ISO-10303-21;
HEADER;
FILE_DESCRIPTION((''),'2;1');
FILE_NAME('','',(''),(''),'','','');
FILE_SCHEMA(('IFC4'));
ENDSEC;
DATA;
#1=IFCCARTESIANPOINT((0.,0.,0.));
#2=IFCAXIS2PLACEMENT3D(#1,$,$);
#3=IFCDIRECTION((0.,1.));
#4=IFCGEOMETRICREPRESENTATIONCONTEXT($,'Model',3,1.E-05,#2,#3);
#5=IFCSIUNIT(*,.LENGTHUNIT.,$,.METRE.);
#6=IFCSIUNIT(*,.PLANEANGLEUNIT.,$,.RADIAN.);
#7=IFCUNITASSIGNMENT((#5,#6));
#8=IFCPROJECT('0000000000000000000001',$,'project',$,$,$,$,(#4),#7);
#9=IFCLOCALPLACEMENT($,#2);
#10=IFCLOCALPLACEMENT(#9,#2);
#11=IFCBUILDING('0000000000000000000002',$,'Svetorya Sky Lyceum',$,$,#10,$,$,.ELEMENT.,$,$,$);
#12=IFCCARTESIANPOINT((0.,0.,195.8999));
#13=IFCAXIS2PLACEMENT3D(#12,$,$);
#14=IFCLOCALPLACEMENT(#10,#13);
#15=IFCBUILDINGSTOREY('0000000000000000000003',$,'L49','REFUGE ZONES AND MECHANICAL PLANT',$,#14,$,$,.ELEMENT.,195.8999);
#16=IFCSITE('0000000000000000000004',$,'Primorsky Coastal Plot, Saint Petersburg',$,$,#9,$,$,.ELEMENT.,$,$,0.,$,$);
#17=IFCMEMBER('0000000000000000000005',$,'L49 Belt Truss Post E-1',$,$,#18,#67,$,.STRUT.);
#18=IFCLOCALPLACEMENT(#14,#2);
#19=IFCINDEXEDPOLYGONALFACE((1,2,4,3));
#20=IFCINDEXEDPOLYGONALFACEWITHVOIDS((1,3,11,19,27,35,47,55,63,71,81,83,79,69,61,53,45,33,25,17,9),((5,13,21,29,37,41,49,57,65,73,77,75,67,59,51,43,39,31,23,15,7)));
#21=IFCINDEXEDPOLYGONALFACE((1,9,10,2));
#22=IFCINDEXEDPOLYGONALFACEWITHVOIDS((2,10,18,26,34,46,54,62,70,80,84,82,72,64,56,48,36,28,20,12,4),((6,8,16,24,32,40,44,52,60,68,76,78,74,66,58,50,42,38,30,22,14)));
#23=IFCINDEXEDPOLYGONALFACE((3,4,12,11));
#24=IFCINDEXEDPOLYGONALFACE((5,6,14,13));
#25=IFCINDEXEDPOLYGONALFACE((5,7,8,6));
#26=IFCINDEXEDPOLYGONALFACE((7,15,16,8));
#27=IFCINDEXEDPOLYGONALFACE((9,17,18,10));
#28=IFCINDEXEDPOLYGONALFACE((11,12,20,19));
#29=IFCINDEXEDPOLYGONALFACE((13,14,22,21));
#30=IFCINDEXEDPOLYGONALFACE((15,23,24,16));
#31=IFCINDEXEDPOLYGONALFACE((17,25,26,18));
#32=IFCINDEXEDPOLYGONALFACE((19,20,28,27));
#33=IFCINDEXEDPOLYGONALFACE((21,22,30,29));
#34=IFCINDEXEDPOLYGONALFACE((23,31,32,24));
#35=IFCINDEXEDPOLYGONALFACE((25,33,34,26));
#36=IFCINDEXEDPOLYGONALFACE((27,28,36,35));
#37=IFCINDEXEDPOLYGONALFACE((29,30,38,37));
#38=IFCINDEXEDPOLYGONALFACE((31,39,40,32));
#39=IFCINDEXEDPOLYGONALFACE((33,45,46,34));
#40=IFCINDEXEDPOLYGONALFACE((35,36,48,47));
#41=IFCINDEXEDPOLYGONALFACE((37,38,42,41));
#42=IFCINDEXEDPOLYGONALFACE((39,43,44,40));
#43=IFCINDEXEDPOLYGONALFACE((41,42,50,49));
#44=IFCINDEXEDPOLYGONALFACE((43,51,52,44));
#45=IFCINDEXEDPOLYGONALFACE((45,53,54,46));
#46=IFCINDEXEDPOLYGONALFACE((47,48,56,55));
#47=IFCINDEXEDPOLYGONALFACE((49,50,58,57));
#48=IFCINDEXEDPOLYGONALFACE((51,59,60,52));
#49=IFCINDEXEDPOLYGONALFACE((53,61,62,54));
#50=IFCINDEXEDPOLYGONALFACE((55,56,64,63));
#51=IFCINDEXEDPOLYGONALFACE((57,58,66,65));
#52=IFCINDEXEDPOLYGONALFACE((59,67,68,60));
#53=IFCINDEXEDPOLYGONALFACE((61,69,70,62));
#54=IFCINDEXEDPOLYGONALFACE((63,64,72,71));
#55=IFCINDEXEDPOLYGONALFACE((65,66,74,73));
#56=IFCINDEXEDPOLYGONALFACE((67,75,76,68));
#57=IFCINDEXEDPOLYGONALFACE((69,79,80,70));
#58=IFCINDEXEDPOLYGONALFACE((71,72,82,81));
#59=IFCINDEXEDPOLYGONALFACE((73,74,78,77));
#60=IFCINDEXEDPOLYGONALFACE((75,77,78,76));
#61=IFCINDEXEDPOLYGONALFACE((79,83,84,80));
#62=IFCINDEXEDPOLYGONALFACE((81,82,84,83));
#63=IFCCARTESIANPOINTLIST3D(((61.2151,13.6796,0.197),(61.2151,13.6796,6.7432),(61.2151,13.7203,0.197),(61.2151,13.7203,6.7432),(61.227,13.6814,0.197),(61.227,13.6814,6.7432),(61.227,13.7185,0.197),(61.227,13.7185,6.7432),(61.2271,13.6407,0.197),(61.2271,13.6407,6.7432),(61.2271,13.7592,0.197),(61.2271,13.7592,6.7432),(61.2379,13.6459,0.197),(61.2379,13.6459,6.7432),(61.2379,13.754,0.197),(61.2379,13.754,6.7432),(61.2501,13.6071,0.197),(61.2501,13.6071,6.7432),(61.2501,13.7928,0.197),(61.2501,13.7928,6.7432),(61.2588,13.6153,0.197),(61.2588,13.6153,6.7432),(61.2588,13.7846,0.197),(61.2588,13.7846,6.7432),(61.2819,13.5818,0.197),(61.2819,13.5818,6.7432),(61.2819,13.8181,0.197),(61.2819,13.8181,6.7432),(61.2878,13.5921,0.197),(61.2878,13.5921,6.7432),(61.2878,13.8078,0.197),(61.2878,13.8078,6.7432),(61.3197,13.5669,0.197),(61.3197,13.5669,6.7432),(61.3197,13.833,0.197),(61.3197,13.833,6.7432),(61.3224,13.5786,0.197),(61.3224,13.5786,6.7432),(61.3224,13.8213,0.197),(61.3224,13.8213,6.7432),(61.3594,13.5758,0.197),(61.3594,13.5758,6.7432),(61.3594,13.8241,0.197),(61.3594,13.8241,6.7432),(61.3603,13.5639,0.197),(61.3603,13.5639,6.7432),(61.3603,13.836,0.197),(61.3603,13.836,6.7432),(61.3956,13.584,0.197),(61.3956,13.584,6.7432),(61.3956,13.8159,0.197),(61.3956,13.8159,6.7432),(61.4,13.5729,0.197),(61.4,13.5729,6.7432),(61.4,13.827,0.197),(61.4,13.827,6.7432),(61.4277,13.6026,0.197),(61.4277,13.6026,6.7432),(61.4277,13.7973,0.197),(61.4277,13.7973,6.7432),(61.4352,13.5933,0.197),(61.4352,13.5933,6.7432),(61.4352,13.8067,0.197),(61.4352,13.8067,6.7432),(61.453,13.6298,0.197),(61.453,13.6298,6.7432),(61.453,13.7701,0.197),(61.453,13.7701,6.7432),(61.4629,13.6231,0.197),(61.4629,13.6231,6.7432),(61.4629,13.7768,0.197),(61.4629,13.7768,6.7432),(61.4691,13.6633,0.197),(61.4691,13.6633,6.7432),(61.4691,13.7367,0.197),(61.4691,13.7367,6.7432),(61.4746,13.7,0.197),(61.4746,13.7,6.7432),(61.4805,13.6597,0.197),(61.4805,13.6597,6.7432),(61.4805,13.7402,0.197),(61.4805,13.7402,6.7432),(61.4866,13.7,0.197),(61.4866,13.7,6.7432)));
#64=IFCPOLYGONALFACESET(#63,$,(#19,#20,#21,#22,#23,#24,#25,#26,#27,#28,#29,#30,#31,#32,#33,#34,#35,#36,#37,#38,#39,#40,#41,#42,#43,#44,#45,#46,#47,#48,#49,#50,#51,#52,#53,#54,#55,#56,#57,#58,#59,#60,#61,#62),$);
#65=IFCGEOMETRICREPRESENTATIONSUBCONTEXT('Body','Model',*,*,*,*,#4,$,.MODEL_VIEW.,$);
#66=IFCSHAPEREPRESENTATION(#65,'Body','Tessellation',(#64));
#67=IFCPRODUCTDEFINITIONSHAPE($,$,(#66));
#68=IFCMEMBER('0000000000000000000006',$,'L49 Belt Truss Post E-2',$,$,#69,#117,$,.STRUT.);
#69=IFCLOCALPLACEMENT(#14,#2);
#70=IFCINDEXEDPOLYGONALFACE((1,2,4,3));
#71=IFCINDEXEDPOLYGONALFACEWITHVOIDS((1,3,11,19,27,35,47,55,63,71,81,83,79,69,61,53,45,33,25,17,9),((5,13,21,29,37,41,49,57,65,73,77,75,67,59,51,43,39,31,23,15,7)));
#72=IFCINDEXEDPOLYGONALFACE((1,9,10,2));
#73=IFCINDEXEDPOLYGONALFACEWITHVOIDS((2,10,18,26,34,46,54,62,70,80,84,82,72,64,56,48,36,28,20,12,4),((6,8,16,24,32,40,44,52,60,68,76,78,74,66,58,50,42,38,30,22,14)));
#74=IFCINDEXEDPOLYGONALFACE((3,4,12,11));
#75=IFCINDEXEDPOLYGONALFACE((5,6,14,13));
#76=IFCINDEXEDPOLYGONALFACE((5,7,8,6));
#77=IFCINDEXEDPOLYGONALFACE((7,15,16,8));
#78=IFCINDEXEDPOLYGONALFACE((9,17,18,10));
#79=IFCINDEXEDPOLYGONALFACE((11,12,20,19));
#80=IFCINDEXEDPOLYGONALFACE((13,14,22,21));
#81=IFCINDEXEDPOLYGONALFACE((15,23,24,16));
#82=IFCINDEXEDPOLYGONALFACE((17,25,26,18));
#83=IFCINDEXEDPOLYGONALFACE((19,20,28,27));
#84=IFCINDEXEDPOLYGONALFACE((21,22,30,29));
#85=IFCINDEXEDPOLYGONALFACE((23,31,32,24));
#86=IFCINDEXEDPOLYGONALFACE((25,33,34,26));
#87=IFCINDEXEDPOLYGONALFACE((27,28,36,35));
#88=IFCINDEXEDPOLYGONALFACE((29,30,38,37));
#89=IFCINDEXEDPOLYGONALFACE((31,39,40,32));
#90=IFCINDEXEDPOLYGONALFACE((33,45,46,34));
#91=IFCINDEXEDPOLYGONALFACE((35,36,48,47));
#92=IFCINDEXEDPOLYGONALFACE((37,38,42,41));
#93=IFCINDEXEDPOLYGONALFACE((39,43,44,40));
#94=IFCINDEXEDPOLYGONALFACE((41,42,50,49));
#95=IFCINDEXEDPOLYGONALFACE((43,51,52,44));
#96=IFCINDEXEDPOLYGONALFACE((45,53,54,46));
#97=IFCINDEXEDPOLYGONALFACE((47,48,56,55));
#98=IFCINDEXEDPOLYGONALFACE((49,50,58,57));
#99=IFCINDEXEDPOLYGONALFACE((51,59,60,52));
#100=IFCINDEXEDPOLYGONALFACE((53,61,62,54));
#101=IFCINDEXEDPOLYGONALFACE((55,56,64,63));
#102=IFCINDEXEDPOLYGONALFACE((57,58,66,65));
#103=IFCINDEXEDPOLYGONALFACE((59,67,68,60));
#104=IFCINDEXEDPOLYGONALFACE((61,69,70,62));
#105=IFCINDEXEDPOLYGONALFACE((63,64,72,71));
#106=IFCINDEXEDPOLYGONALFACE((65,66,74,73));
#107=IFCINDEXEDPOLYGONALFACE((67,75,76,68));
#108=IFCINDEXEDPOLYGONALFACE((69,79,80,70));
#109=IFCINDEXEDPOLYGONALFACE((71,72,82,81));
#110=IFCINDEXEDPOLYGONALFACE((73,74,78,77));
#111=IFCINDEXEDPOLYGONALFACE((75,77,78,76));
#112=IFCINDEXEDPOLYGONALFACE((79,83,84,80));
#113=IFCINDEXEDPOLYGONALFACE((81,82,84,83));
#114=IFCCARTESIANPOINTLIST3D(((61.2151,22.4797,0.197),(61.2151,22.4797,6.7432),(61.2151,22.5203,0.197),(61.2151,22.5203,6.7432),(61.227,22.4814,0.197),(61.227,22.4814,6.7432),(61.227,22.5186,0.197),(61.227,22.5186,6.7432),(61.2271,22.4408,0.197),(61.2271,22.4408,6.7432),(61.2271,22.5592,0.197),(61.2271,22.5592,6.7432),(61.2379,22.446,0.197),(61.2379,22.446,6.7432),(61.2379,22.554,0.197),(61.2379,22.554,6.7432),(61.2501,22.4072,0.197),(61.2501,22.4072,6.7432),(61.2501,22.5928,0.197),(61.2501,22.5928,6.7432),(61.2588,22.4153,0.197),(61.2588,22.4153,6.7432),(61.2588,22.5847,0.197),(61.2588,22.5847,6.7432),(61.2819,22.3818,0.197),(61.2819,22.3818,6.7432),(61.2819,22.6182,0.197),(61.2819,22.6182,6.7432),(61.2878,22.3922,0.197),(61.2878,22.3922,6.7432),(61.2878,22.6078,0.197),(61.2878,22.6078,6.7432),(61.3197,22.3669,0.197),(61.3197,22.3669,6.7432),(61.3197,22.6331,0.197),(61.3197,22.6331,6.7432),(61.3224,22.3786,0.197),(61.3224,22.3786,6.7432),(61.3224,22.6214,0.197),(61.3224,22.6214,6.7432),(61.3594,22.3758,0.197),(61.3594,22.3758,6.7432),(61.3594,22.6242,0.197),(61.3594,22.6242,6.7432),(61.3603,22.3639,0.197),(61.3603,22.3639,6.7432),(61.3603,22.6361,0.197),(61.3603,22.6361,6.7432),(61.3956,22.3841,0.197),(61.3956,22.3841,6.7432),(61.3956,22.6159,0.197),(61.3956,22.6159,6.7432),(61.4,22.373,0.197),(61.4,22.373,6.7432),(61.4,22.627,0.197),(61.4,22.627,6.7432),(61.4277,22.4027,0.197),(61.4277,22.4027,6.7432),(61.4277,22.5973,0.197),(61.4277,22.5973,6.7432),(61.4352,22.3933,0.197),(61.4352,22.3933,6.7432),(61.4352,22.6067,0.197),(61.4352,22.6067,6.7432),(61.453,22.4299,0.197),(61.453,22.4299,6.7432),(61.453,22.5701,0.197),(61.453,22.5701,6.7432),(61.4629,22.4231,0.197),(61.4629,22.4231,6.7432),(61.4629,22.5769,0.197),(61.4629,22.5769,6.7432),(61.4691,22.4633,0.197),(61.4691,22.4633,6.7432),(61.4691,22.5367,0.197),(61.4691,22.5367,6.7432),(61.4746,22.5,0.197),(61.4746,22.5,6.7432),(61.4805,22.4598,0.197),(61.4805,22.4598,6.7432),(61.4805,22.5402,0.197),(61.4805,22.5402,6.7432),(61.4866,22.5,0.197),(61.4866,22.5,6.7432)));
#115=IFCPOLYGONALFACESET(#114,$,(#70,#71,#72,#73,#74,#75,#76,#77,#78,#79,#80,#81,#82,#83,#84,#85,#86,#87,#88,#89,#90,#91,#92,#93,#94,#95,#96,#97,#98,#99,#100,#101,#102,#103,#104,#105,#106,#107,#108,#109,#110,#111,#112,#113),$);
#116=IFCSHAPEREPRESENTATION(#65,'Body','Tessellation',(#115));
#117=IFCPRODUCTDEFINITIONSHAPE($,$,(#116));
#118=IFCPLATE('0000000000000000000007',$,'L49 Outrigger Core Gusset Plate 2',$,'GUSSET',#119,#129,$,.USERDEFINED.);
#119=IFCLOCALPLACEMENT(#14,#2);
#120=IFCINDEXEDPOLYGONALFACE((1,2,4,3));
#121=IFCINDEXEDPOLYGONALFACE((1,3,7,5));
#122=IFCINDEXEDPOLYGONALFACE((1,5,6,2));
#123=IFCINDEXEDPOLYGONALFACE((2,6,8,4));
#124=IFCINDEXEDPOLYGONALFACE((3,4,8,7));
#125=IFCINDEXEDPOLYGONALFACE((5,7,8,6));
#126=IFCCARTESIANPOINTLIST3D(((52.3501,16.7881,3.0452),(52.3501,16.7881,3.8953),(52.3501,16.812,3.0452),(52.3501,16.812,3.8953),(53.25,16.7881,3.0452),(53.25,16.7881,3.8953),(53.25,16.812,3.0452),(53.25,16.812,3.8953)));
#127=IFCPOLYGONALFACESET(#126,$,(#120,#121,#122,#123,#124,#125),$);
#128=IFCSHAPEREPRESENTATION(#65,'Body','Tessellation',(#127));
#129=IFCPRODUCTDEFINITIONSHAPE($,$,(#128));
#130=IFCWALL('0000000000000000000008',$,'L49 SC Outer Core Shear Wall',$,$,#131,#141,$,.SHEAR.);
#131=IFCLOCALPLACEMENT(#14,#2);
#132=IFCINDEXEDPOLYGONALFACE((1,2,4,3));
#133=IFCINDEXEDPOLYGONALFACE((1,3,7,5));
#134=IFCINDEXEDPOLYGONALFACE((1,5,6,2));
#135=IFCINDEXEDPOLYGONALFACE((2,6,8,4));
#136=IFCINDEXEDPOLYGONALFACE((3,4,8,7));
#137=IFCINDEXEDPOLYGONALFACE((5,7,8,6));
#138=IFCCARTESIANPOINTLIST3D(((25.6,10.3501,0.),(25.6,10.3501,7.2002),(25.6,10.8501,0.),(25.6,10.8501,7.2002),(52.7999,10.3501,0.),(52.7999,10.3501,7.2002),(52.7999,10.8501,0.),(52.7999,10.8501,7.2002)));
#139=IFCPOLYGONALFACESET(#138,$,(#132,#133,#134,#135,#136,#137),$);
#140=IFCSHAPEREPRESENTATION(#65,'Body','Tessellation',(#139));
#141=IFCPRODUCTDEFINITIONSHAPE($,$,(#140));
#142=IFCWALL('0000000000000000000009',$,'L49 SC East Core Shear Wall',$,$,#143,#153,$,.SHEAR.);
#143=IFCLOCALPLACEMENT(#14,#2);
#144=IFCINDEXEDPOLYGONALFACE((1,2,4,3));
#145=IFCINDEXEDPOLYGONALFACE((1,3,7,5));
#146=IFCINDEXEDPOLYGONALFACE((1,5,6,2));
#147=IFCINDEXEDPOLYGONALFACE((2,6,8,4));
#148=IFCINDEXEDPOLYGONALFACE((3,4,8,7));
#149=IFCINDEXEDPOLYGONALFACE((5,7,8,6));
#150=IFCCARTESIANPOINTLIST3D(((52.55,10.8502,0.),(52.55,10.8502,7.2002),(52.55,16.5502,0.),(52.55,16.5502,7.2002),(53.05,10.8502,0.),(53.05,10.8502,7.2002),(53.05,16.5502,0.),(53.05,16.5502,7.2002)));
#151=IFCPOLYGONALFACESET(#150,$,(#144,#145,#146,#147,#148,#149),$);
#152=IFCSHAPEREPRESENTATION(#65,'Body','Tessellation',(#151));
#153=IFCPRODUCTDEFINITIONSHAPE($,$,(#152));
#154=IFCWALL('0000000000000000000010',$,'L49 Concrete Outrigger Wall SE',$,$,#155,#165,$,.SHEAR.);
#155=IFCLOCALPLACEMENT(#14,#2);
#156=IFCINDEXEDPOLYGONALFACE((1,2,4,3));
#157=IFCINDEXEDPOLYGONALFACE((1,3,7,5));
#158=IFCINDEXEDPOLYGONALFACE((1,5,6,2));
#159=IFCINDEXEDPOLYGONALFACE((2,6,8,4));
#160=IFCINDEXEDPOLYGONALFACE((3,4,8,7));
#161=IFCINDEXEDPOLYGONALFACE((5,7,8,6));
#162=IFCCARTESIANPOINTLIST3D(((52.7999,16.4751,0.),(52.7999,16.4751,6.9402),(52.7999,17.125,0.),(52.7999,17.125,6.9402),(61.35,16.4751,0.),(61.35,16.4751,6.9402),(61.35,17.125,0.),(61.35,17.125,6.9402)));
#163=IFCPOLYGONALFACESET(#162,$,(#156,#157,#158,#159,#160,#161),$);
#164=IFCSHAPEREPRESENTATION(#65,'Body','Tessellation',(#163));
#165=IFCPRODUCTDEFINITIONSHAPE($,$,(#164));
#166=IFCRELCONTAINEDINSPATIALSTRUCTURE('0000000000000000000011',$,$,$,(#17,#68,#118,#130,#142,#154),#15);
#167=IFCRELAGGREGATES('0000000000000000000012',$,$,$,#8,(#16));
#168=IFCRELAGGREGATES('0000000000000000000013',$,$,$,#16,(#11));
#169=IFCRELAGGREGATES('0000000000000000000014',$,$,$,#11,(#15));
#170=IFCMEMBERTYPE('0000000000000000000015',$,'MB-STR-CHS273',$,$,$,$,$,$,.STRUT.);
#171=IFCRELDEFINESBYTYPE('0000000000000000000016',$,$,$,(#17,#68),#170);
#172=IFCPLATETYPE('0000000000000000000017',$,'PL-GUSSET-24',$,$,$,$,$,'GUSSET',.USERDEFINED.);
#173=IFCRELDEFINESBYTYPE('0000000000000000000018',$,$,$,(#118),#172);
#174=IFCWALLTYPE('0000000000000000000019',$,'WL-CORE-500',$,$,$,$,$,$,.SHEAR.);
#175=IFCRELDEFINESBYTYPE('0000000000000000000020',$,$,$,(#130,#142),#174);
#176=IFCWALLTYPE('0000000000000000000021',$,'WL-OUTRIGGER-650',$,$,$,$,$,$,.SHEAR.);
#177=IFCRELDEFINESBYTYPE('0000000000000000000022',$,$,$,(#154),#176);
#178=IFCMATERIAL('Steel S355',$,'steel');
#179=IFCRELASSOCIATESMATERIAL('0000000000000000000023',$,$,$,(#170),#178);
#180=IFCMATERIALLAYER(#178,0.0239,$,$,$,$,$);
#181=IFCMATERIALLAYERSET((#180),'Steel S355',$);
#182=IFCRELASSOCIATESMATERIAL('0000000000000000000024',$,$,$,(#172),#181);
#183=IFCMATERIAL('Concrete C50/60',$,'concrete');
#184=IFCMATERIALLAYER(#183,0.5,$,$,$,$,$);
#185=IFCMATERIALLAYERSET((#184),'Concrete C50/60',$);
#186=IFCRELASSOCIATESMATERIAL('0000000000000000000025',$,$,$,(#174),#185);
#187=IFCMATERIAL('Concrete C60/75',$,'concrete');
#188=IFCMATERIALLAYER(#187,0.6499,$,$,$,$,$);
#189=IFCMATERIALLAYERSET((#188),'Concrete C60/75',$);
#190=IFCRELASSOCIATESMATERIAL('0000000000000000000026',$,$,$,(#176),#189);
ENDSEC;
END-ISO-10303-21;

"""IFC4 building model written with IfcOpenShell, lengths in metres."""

from ifc_helpers import new_model, si_unit, direction, frame, frame_2d, origin, origin_2d, place, context, subcontext, project, spatial, rectangle, hollow_circle, extrude, material, layer, layer_set, material_profile, profile_set, type_object, element, save


model = new_model("IFC4")

# Units and contexts
model_context = context("Model", 3, precision=1e-05, world=origin(), true_north=direction((0.0, 1.0)))
body_context = subcontext(model_context, "Body", "Model", "MODEL_VIEW")
ifc_project = project(units=[si_unit("LENGTHUNIT", "METRE"), si_unit("PLANEANGLEUNIT", "RADIAN")], contexts=[model_context])

# Site, building, storey
site_placement = place(None, origin())
site = spatial("IfcSite", under=ifc_project, at=site_placement, Name="Primorsky Coastal Plot, Saint Petersburg", CompositionType="ELEMENT", RefElevation=0.0)
building_placement = place(site_placement, origin())
building = spatial("IfcBuilding", under=site, at=building_placement, Name="Svetorya Sky Lyceum", CompositionType="ELEMENT")
storey_placement = place(building_placement, frame((0.0, 0.0, 195.8999)))
storey = spatial("IfcBuildingStorey", under=building, at=storey_placement, Name="L49", Description="REFUGE ZONES AND MECHANICAL PLANT", CompositionType="ELEMENT", Elevation=195.8999)

# Shared definitions
ifc_material_1 = material(Name="Concrete C50/60", Category="concrete")

# Shared definitions
ifc_material_2 = material(Name="Steel S355", Category="steel")

# Members
ifc_material_profile_1 = material_profile(ifc_material_2, hollow_circle(Radius=0.1365, WallThickness=0.012, at=origin_2d()), Name="CHS 273x12")
ifc_profile_set_1 = profile_set([ifc_material_profile_1], Name="Steel S355")
member_type_1 = type_object("IfcMemberType", Name="MB-STR-CHS273", PredefinedType="STRUT", material=ifc_profile_set_1)
for number, where, z_axis, x_axis, name in (
    (1, (61.3501, 13.7, 0.197), (0.0, 0.0, 1.0), (1.0, 0.0, 0.0), "L49 Belt Truss Post E-1"),
    (2, (61.3501, 22.5, 0.197), (0.0, 0.0, 1.0), (1.0, 0.0, 0.0), "L49 Belt Truss Post E-2"),
):
    element("IfcMember", number, at=place(storey_placement, frame(where, z_axis=z_axis, x_axis=x_axis)), inside=storey, type_object=member_type_1, Name=name, PredefinedType="STRUT", context=body_context, shape_type="SweptSolid", body=[
        extrude(hollow_circle(Radius=0.1365, WallThickness=0.012, at=origin_2d()), origin(), (0.0, 0.0, 1.0), 6.5461),
    ])

# Plate
ifc_layer_1 = layer(ifc_material_2, 0.0239)
ifc_layer_set_1 = layer_set([ifc_layer_1], Name="Steel S355")
plate_type = type_object("IfcPlateType", Name="PL-GUSSET-24", ElementType="GUSSET", PredefinedType="USERDEFINED", material=ifc_layer_set_1)
plate_placement = place(storey_placement, frame((52.8, 16.8, 3.0452), z_axis=(0.0, 0.0, 1.0), x_axis=(1.0, 0.0, 0.0)))
element("IfcPlate", 3, at=plate_placement, inside=storey, type_object=plate_type, Name="L49 Outrigger Core Gusset Plate 2", ObjectType="GUSSET", PredefinedType="USERDEFINED", context=body_context, shape_type="SweptSolid", body=[
    extrude(rectangle(XDim=0.8999, YDim=0.0239, at=origin_2d()), origin(), (0.0, 0.0, 1.0), 0.8501),
])

# Walls
ifc_layer_2 = layer(ifc_material_1, 0.5)
ifc_layer_set_2 = layer_set([ifc_layer_2], Name="Concrete C50/60")
wall_type_1 = type_object("IfcWallType", Name="WL-CORE-500", PredefinedType="SHEAR", material=ifc_layer_set_2)
wall_1_placement = place(storey_placement, frame((52.8, 10.6001, 0.0), z_axis=(0.0, 0.0, 1.0), x_axis=(-1.0, 0.0, 0.0)))
element("IfcWall", 4, at=wall_1_placement, inside=storey, type_object=wall_type_1, Name="L49 SC Outer Core Shear Wall", PredefinedType="SHEAR", context=body_context, shape_type="SweptSolid", body=[
    extrude(rectangle(XDim=27.2, YDim=0.5, at=frame_2d((13.6001, 0.0))), origin(), (0.0, 0.0, 1.0), 7.2002),
])
wall_2_placement = place(storey_placement, frame((52.8, 10.8501, 0.0), z_axis=(0.0, 0.0, 1.0), x_axis=(0.0, 1.0, 0.0)))
element("IfcWall", 5, at=wall_2_placement, inside=storey, type_object=wall_type_1, Name="L49 SC East Core Shear Wall", PredefinedType="SHEAR", context=body_context, shape_type="SweptSolid", body=[
    extrude(rectangle(XDim=5.7, YDim=0.5, at=frame_2d((2.8501, 0.0))), origin(), (0.0, 0.0, 1.0), 7.2002),
])
ifc_material_3 = material(Name="Concrete C60/75", Category="concrete")
ifc_layer_3 = layer(ifc_material_3, 0.6499)
ifc_layer_set_3 = layer_set([ifc_layer_3], Name="Concrete C60/75")
wall_type_2 = type_object("IfcWallType", Name="WL-OUTRIGGER-650", PredefinedType="SHEAR", material=ifc_layer_set_3)
wall_3_placement = place(storey_placement, frame((52.8, 16.8, 0.0), z_axis=(0.0, 0.0, 1.0), x_axis=(1.0, 0.0, 0.0)))
element("IfcWall", 6, at=wall_3_placement, inside=storey, type_object=wall_type_2, Name="L49 Concrete Outrigger Wall SE", PredefinedType="SHEAR", context=body_context, shape_type="SweptSolid", body=[
    extrude(rectangle(XDim=8.55, YDim=0.6499, at=frame_2d((4.2749, 0.0))), origin(), (0.0, 0.0, 1.0), 6.9402),
])

save(model, "model.ifc")
